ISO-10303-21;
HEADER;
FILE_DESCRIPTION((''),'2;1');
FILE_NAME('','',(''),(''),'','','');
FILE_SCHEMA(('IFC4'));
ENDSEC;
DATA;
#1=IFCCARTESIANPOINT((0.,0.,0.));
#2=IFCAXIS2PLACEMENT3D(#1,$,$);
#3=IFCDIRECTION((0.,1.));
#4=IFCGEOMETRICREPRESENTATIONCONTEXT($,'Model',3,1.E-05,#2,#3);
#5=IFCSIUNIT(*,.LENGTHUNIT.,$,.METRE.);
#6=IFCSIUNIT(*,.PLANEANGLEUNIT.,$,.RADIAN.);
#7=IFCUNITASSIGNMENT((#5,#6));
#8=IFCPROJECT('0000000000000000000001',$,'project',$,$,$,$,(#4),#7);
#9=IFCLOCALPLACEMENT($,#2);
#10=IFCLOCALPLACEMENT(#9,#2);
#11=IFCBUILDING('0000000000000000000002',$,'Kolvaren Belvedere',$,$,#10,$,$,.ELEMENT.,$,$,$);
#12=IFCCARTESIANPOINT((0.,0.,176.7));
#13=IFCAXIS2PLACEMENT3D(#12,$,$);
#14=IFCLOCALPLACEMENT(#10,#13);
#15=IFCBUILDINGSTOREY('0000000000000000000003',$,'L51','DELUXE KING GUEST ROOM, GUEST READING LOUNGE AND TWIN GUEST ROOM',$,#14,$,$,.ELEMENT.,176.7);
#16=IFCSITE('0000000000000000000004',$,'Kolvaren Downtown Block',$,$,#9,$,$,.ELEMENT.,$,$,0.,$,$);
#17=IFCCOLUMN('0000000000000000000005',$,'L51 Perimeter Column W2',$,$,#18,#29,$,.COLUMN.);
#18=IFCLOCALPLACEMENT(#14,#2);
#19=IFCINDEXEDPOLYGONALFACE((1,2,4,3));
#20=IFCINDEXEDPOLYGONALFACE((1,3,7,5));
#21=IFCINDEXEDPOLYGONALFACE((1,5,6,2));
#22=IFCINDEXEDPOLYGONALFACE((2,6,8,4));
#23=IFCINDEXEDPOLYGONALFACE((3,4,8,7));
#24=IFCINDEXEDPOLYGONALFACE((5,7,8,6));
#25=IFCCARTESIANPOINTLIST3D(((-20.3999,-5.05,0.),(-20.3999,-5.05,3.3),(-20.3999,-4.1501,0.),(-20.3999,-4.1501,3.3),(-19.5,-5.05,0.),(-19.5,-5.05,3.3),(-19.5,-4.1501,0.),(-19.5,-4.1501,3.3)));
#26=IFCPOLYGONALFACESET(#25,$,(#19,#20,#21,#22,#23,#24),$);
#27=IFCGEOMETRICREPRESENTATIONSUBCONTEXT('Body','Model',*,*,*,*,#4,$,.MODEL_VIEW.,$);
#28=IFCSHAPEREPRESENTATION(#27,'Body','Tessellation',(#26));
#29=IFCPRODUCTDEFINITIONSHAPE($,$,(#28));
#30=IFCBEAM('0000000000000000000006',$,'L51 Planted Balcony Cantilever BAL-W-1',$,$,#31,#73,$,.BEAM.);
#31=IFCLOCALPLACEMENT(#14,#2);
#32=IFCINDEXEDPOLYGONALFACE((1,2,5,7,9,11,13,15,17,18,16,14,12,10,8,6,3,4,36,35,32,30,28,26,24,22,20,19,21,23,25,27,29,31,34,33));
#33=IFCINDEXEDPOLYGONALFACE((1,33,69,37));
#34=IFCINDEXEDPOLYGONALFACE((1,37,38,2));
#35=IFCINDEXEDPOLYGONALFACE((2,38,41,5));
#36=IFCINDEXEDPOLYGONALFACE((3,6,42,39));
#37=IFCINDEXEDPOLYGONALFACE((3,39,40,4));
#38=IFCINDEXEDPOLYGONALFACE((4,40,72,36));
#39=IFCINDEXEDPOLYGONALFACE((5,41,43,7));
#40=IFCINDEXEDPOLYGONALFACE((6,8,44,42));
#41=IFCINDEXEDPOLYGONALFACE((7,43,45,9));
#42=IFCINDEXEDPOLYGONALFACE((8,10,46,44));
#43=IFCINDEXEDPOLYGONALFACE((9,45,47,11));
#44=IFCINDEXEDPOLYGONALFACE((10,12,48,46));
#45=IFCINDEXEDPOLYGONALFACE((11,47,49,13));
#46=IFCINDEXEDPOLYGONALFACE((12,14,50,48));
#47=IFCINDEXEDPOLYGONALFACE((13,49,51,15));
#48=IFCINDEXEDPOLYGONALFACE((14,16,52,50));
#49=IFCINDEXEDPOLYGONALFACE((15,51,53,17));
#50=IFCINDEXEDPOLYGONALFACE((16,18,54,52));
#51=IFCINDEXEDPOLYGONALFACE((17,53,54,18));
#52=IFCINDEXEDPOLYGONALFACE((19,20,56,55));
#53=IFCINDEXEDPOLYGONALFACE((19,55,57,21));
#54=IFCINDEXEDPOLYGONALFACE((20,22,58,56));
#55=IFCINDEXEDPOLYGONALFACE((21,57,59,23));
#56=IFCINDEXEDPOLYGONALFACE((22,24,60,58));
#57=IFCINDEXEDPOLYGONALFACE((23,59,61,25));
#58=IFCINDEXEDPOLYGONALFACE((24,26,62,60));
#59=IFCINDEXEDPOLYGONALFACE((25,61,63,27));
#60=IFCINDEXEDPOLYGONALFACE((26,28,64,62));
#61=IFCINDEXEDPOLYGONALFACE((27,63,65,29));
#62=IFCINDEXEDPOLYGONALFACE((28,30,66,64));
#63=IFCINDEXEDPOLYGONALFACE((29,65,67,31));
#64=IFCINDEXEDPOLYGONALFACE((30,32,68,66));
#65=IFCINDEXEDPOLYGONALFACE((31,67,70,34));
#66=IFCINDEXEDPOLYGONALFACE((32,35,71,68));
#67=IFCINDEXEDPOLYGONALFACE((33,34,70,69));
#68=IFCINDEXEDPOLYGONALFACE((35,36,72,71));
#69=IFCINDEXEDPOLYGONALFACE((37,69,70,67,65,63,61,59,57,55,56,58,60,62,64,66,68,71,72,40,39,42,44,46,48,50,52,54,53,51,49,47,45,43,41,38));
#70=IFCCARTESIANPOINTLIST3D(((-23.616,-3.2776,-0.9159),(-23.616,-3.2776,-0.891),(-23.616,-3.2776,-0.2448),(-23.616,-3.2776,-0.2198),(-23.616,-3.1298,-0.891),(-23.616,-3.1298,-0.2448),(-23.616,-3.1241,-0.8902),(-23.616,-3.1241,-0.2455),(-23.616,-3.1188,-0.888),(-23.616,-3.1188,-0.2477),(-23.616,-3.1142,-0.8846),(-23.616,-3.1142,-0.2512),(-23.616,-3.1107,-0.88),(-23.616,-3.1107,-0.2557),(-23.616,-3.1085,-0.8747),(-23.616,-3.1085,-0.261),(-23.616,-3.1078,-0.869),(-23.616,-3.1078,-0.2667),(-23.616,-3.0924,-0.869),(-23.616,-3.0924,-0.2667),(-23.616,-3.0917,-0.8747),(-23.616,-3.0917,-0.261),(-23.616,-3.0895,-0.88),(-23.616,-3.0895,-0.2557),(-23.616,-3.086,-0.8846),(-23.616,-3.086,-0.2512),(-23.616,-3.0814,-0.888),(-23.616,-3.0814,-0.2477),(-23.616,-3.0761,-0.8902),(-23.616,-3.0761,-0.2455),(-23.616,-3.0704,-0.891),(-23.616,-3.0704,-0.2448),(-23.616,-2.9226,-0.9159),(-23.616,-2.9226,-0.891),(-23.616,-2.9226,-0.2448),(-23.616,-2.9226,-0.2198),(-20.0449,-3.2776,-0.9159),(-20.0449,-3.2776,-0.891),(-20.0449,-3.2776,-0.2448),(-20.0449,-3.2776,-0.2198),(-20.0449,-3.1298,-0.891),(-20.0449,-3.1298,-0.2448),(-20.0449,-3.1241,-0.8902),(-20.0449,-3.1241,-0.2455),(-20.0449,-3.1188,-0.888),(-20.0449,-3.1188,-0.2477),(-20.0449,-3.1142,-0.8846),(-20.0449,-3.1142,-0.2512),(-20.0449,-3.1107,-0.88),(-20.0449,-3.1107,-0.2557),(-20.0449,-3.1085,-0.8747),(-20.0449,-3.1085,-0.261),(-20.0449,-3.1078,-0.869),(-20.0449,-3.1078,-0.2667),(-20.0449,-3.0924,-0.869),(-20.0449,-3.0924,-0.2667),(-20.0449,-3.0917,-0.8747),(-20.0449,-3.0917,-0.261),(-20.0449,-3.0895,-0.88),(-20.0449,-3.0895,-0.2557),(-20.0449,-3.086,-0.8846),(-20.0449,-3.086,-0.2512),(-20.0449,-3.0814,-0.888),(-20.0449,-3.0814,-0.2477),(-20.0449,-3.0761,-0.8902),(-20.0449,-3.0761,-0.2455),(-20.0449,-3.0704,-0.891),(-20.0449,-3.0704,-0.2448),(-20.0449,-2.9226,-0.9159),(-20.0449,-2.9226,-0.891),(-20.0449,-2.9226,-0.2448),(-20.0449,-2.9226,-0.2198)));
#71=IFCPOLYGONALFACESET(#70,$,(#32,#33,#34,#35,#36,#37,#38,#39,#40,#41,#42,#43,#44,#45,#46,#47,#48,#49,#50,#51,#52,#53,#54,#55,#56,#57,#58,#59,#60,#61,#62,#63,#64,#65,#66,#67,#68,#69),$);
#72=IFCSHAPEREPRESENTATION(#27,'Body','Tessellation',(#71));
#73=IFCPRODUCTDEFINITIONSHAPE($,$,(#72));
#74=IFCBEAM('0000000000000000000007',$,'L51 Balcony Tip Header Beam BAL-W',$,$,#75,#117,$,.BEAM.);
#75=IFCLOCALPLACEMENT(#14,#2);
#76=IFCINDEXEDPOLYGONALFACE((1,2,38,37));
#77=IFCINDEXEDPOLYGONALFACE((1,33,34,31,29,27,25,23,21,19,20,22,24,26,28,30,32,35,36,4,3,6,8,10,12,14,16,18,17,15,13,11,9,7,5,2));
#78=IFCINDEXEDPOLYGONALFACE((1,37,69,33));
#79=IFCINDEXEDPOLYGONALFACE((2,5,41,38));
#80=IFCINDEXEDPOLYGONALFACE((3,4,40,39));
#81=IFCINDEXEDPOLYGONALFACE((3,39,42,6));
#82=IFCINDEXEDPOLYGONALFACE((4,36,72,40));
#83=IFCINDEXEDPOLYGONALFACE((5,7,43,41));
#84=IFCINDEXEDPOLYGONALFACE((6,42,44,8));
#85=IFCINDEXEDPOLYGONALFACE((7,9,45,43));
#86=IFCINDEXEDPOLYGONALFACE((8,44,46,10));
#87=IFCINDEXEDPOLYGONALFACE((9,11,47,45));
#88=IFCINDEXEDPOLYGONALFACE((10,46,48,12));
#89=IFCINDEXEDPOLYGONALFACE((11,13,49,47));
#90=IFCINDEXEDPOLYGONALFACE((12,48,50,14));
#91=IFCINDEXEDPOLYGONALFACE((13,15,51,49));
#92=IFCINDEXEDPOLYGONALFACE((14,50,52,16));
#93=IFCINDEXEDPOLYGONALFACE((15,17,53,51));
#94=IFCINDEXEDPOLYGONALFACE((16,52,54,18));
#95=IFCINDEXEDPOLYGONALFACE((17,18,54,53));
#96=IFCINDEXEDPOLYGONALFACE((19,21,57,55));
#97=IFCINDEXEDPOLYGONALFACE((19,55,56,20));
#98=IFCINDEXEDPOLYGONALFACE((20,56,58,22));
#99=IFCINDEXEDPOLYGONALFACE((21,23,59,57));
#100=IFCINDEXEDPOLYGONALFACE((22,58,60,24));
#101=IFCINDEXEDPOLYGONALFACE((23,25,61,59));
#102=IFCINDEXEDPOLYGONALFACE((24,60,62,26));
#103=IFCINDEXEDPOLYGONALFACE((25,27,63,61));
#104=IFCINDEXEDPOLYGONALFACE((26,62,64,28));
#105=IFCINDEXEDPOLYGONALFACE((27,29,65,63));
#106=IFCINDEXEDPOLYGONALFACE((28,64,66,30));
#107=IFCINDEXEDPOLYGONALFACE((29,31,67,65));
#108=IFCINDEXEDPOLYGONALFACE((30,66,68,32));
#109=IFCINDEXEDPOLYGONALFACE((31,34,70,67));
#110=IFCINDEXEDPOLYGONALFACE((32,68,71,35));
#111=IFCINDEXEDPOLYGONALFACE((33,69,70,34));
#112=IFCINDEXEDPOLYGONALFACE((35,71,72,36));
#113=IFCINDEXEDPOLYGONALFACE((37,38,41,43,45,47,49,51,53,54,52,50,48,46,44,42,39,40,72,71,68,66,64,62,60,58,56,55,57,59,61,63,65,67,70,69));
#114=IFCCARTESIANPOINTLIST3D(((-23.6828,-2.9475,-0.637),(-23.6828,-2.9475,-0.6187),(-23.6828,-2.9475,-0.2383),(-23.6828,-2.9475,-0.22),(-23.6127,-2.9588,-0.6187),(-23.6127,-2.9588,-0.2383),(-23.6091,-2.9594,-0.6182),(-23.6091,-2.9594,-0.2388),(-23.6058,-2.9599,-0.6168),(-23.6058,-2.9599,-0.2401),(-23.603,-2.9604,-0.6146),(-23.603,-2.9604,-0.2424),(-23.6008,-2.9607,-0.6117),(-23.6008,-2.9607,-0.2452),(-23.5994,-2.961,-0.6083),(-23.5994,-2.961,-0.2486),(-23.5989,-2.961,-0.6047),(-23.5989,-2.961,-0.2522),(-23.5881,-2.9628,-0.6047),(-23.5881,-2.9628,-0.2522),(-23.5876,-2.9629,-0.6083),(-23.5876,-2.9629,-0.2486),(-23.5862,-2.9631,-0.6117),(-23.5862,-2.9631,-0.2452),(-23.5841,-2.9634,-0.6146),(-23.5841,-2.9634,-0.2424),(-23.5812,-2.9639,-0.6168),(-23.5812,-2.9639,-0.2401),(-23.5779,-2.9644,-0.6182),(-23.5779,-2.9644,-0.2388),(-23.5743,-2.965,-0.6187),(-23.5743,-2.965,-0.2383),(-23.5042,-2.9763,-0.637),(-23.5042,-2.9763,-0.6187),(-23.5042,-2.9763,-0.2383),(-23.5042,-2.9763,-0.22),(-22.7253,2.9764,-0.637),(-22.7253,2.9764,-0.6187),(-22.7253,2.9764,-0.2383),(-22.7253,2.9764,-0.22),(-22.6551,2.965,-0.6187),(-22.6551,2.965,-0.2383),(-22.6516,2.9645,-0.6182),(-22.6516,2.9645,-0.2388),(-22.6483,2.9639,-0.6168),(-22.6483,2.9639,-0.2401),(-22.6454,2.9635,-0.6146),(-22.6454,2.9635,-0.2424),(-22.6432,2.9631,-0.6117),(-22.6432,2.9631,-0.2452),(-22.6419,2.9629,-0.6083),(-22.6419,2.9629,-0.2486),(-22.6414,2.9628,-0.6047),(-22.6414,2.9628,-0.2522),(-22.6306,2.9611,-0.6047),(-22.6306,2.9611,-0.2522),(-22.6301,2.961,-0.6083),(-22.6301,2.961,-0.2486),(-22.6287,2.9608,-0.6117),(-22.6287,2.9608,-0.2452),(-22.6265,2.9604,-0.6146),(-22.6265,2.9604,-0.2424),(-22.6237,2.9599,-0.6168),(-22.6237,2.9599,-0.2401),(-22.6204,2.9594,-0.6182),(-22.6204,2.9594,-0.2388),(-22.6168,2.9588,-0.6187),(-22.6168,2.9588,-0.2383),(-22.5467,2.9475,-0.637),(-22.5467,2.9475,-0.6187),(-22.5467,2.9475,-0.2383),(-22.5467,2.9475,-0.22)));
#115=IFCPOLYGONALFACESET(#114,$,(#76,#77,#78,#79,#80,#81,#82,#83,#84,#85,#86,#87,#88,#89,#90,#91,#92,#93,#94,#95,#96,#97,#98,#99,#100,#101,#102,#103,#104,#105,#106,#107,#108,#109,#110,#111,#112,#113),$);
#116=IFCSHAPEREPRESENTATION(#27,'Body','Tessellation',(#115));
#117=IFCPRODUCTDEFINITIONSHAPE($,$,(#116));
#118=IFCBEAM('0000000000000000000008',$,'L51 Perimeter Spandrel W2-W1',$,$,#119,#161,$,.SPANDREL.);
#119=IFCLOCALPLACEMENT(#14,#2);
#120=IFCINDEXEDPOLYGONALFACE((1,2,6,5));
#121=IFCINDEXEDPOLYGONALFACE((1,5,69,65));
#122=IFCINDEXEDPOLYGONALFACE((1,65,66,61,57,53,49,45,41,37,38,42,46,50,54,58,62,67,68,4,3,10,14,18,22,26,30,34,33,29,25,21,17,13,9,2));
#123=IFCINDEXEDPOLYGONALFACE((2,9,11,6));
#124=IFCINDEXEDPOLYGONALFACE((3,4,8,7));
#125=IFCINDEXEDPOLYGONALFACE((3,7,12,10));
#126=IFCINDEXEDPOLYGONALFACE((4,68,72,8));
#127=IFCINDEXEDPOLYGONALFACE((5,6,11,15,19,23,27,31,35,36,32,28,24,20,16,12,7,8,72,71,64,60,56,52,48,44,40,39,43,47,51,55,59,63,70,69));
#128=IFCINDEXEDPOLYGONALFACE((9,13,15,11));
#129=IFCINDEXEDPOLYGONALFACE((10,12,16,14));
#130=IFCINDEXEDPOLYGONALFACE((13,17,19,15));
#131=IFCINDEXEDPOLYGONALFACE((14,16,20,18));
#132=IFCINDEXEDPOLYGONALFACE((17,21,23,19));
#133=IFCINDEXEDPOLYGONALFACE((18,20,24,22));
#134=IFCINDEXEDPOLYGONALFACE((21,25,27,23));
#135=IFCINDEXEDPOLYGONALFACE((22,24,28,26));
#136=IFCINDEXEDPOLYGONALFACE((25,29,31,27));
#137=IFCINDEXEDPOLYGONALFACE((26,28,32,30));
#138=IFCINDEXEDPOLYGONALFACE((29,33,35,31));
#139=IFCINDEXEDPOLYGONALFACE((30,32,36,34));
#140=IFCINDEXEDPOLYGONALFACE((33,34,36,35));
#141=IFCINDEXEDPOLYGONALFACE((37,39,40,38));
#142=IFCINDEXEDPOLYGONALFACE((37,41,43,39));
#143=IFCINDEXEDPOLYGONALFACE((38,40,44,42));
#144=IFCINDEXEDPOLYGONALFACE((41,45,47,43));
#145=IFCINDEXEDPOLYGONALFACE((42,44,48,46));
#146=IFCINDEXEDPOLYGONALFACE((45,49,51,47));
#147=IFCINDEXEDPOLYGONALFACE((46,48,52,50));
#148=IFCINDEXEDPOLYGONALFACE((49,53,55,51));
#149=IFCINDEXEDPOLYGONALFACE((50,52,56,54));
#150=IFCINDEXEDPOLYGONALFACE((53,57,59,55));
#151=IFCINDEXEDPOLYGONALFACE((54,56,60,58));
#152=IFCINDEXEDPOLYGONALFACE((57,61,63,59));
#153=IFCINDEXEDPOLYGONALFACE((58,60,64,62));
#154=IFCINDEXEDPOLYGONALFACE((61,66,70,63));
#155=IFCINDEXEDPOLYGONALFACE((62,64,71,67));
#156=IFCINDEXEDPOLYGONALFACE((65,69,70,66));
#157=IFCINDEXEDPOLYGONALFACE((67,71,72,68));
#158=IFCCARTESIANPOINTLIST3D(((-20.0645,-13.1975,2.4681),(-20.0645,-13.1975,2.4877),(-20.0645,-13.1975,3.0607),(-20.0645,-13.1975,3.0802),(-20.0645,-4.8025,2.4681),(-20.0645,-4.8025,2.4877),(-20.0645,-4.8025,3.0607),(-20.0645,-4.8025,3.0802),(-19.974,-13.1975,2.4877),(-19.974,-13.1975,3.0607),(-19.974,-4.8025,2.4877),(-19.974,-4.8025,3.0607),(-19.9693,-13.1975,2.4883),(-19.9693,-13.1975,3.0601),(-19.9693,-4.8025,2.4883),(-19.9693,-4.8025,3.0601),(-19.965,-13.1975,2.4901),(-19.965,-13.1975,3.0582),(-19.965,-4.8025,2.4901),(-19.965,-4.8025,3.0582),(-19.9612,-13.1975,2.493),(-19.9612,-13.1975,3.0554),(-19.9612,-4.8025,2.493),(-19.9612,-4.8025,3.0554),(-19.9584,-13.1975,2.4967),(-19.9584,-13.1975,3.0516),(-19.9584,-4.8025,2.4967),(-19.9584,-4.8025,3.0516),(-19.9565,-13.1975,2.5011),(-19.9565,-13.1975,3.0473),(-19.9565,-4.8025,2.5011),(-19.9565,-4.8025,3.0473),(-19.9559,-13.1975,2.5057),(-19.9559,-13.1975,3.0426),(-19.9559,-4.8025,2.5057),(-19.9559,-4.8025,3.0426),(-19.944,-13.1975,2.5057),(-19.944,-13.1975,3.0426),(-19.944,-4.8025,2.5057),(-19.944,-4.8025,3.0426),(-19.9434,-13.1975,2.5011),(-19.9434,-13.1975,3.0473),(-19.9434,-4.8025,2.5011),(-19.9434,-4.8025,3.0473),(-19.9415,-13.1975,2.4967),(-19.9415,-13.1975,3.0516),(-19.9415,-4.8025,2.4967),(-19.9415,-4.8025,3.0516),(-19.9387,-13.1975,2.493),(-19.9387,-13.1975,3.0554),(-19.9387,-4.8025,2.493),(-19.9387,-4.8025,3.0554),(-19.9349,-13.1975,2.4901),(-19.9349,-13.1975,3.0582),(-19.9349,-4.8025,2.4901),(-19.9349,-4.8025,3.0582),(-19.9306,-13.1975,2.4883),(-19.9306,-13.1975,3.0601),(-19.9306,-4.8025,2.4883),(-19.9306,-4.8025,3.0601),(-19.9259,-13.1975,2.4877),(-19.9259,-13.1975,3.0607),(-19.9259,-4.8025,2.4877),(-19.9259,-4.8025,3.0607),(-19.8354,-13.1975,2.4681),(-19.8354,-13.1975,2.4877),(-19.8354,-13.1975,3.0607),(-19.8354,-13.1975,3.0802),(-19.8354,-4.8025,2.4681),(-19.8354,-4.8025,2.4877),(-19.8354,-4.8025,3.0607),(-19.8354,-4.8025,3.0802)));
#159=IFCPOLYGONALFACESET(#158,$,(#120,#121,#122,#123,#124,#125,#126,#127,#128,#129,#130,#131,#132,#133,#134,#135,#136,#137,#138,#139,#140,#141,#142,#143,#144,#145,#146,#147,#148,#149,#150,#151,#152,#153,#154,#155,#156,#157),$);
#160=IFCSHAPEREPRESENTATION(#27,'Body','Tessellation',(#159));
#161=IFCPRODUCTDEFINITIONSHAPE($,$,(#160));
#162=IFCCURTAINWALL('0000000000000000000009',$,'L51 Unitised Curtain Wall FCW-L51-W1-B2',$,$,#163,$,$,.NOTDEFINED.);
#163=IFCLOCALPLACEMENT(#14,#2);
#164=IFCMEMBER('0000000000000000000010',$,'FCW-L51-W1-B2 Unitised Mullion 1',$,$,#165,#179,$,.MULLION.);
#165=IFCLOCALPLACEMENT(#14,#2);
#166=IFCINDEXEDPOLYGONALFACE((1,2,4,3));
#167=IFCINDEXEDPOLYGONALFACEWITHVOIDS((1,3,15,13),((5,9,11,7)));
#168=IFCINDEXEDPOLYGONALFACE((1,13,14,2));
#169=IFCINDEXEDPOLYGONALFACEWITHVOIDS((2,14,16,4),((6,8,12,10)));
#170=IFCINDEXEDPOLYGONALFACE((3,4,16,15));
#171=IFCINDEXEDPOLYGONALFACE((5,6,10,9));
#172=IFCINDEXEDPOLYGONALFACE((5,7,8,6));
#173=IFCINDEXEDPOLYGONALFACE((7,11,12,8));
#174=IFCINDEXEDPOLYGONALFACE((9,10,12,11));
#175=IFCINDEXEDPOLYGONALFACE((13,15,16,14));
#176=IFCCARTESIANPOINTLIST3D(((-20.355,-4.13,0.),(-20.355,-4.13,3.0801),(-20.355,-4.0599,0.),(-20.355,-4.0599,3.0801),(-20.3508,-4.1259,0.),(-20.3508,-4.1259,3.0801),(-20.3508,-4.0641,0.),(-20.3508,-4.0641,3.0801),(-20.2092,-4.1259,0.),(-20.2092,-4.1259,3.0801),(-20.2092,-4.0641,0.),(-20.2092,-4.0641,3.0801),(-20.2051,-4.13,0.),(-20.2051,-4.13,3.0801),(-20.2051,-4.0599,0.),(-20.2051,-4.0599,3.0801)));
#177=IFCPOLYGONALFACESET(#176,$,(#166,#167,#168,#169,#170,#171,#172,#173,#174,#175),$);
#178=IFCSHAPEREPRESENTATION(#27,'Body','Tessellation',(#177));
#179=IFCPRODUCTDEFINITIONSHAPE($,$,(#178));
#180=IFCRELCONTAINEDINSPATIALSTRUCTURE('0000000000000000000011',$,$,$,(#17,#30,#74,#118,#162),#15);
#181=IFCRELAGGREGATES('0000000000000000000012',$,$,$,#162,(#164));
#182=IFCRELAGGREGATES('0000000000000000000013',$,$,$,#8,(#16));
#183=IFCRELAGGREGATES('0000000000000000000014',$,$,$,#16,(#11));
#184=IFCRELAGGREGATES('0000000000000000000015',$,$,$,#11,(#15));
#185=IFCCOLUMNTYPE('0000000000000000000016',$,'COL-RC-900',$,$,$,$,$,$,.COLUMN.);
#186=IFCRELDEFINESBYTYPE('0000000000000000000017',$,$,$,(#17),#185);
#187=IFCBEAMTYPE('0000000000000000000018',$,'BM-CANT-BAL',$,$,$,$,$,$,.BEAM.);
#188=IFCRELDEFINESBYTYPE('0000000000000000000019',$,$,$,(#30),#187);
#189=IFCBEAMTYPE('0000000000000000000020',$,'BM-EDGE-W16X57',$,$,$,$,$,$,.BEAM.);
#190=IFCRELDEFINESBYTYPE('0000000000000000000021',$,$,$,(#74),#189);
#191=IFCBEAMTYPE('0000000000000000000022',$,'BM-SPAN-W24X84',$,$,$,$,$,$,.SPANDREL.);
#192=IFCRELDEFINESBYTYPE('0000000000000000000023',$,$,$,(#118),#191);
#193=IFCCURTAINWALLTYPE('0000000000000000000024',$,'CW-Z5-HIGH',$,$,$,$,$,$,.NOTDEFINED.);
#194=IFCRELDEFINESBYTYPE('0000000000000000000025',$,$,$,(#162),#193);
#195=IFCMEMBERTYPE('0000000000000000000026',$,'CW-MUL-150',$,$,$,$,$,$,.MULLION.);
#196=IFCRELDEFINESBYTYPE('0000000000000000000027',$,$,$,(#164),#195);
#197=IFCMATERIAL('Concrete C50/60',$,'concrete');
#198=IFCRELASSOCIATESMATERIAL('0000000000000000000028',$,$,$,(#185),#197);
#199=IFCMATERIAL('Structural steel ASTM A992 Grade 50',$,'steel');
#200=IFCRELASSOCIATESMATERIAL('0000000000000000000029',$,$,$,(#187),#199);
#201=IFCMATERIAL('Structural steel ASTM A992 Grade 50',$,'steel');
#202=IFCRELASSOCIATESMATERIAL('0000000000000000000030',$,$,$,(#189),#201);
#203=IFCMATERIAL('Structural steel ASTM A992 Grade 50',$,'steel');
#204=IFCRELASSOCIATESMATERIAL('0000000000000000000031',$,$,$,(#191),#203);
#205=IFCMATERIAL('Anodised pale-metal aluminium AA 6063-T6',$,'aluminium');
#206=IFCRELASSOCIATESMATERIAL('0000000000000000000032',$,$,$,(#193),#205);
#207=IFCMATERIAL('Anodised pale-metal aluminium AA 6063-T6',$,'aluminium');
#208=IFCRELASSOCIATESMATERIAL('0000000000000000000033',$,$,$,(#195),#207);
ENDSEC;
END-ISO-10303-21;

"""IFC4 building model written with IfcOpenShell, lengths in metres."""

from ifc_helpers import new_model, si_unit, direction, frame, origin, origin_2d, place, context, subcontext, project, spatial, rectangle, hollow_rectangle, i_section, extrude, material, material_profile, profile_set, type_object, element, aggregate, save


model = new_model("IFC4")

# Units and contexts
model_context = context("Model", 3, precision=1e-05, world=origin(), true_north=direction((0.0, 1.0)))
body_context = subcontext(model_context, "Body", "Model", "MODEL_VIEW")
ifc_project = project(units=[si_unit("LENGTHUNIT", "METRE"), si_unit("PLANEANGLEUNIT", "RADIAN")], contexts=[model_context])

# Site, building, storey
site_placement = place(None, origin())
site = spatial("IfcSite", under=ifc_project, at=site_placement, Name="Kolvaren Downtown Block", CompositionType="ELEMENT", RefElevation=0.0)
building_placement = place(site_placement, origin())
building = spatial("IfcBuilding", under=site, at=building_placement, Name="Kolvaren Belvedere", CompositionType="ELEMENT")
storey_placement = place(building_placement, frame((0.0, 0.0, 176.7)))
storey = spatial("IfcBuildingStorey", under=building, at=storey_placement, Name="L51", Description="DELUXE KING GUEST ROOM, GUEST READING LOUNGE AND TWIN GUEST ROOM", CompositionType="ELEMENT", Elevation=176.7)

# Column
ifc_material_1 = material(Name="Concrete C50/60", Category="concrete")
ifc_material_profile_1 = material_profile(ifc_material_1, rectangle(XDim=0.8999, YDim=0.8999, at=origin_2d()), Name="RC 900X900")
ifc_profile_set_1 = profile_set([ifc_material_profile_1], Name="Concrete C50/60")
column_type = type_object("IfcColumnType", Name="COL-RC-900", PredefinedType="COLUMN", material=ifc_profile_set_1)
column_placement = place(storey_placement, frame((-19.95, -4.6001, 0.0), z_axis=(0.0, 0.0, 1.0), x_axis=(1.0, 0.0, 0.0)))
element("IfcColumn", 1, at=column_placement, inside=storey, type_object=column_type, Name="L51 Perimeter Column W2", PredefinedType="COLUMN", context=body_context, shape_type="SweptSolid", body=[
    extrude(rectangle(XDim=0.8999, YDim=0.8999, at=origin_2d()), origin(), (0.0, 0.0, 1.0), 3.3),
])

# Beams
ifc_material_2 = material(Name="Structural steel ASTM A992 Grade 50", Category="steel")
ifc_material_profile_2 = material_profile(ifc_material_2, i_section(OverallWidth=0.355, OverallDepth=0.696, WebThickness=0.0154, FlangeThickness=0.0249, FilletRadius=0.022, at=origin_2d()), Name="W27X146")
ifc_profile_set_2 = profile_set([ifc_material_profile_2], Name="Structural steel ASTM A992 Grade 50")
beam_type_1 = type_object("IfcBeamType", Name="BM-CANT-BAL", PredefinedType="BEAM", material=ifc_profile_set_2)
beam_1_placement = place(storey_placement, frame((-20.0449, -3.1001, -0.5679), z_axis=(-1.0, 0.0, 0.0), x_axis=(0.0, -1.0, 0.0)))
element("IfcBeam", 2, at=beam_1_placement, inside=storey, type_object=beam_type_1, Name="L51 Planted Balcony Cantilever BAL-W-1", PredefinedType="BEAM", context=body_context, shape_type="SweptSolid", body=[
    extrude(i_section(OverallWidth=0.355, OverallDepth=0.696, WebThickness=0.0154, FlangeThickness=0.0249, FilletRadius=0.022, at=origin_2d()), origin(), (0.0, 0.0, 1.0), 3.571),
])
ifc_material_3 = material(Name="Structural steel ASTM A992 Grade 50", Category="steel")
ifc_material_profile_3 = material_profile(ifc_material_3, i_section(OverallWidth=0.1809, OverallDepth=0.417, WebThickness=0.011, FlangeThickness=0.0183, FilletRadius=0.0139, at=origin_2d()), Name="W16X57")
ifc_profile_set_3 = profile_set([ifc_material_profile_3], Name="Structural steel ASTM A992 Grade 50")
beam_type_2 = type_object("IfcBeamType", Name="BM-EDGE-W16X57", PredefinedType="BEAM", material=ifc_profile_set_3)
beam_2_placement = place(storey_placement, frame((-23.5935, -2.9619, -0.4285), z_axis=(0.159568, 0.987187, 0.0), x_axis=(-0.987187, 0.159568, 0.0)))
element("IfcBeam", 3, at=beam_2_placement, inside=storey, type_object=beam_type_2, Name="L51 Balcony Tip Header Beam BAL-W", PredefinedType="BEAM", context=body_context, shape_type="SweptSolid", body=[
    extrude(i_section(OverallWidth=0.1809, OverallDepth=0.417, WebThickness=0.011, FlangeThickness=0.0183, FilletRadius=0.0139, at=origin_2d()), origin(), (0.0, 0.0, 1.0), 6.0007),
])
ifc_material_4 = material(Name="Structural steel ASTM A992 Grade 50", Category="steel")
ifc_material_profile_4 = material_profile(ifc_material_4, i_section(OverallWidth=0.229, OverallDepth=0.6121, WebThickness=0.012, FlangeThickness=0.0195, FilletRadius=0.0181, at=origin_2d()), Name="W24X84")
ifc_profile_set_4 = profile_set([ifc_material_profile_4], Name="Structural steel ASTM A992 Grade 50")
beam_type_3 = type_object("IfcBeamType", Name="BM-SPAN-W24X84", PredefinedType="SPANDREL", material=ifc_profile_set_4)
beam_3_placement = place(storey_placement, frame((-19.95, -4.8025, 2.7742), z_axis=(0.0, -1.0, 0.0), x_axis=(1.0, 0.0, 0.0)))
element("IfcBeam", 4, at=beam_3_placement, inside=storey, type_object=beam_type_3, Name="L51 Perimeter Spandrel W2-W1", PredefinedType="SPANDREL", context=body_context, shape_type="SweptSolid", body=[
    extrude(i_section(OverallWidth=0.229, OverallDepth=0.6121, WebThickness=0.012, FlangeThickness=0.0195, FilletRadius=0.0181, at=origin_2d()), origin(), (0.0, 0.0, 1.0), 8.395),
])

# Curtain wall, member
ifc_material_5 = material(Name="Anodised pale-metal aluminium AA 6063-T6", Category="aluminium")
curtain_wall_type = type_object("IfcCurtainWallType", Name="CW-Z5-HIGH", PredefinedType="NOTDEFINED", material=ifc_material_5)
curtain_wall_placement = place(storey_placement, origin())
curtain_wall = element("IfcCurtainWall", 5, at=curtain_wall_placement, inside=storey, type_object=curtain_wall_type, Name="L51 Unitised Curtain Wall FCW-L51-W1-B2", PredefinedType="NOTDEFINED")
ifc_material_6 = material(Name="Anodised pale-metal aluminium AA 6063-T6", Category="aluminium")
ifc_material_profile_5 = material_profile(ifc_material_6, hollow_rectangle(XDim=0.0701, YDim=0.1499, WallThickness=0.0042, at=origin_2d()), Name="ALU-MUL-150X70")
ifc_profile_set_5 = profile_set([ifc_material_profile_5], Name="Anodised pale-metal aluminium AA 6063-T6")
member_type_1 = type_object("IfcMemberType", Name="CW-MUL-150", PredefinedType="MULLION", material=ifc_profile_set_5)
member_1_placement = place(storey_placement, frame((-20.28, -4.095, 0.0), z_axis=(0.0, 0.0, 1.0), x_axis=(0.0, 1.0, 0.0)))
member_1 = element("IfcMember", 6, at=member_1_placement, type_object=member_type_1, Name="FCW-L51-W1-B2 Unitised Mullion 1", PredefinedType="MULLION", context=body_context, shape_type="SweptSolid", body=[
    extrude(hollow_rectangle(XDim=0.0701, YDim=0.1499, WallThickness=0.0042, at=origin_2d()), origin(), (0.0, 0.0, 1.0), 3.0801),
])

aggregate(curtain_wall, [member_1])

save(model, "model.ifc")
